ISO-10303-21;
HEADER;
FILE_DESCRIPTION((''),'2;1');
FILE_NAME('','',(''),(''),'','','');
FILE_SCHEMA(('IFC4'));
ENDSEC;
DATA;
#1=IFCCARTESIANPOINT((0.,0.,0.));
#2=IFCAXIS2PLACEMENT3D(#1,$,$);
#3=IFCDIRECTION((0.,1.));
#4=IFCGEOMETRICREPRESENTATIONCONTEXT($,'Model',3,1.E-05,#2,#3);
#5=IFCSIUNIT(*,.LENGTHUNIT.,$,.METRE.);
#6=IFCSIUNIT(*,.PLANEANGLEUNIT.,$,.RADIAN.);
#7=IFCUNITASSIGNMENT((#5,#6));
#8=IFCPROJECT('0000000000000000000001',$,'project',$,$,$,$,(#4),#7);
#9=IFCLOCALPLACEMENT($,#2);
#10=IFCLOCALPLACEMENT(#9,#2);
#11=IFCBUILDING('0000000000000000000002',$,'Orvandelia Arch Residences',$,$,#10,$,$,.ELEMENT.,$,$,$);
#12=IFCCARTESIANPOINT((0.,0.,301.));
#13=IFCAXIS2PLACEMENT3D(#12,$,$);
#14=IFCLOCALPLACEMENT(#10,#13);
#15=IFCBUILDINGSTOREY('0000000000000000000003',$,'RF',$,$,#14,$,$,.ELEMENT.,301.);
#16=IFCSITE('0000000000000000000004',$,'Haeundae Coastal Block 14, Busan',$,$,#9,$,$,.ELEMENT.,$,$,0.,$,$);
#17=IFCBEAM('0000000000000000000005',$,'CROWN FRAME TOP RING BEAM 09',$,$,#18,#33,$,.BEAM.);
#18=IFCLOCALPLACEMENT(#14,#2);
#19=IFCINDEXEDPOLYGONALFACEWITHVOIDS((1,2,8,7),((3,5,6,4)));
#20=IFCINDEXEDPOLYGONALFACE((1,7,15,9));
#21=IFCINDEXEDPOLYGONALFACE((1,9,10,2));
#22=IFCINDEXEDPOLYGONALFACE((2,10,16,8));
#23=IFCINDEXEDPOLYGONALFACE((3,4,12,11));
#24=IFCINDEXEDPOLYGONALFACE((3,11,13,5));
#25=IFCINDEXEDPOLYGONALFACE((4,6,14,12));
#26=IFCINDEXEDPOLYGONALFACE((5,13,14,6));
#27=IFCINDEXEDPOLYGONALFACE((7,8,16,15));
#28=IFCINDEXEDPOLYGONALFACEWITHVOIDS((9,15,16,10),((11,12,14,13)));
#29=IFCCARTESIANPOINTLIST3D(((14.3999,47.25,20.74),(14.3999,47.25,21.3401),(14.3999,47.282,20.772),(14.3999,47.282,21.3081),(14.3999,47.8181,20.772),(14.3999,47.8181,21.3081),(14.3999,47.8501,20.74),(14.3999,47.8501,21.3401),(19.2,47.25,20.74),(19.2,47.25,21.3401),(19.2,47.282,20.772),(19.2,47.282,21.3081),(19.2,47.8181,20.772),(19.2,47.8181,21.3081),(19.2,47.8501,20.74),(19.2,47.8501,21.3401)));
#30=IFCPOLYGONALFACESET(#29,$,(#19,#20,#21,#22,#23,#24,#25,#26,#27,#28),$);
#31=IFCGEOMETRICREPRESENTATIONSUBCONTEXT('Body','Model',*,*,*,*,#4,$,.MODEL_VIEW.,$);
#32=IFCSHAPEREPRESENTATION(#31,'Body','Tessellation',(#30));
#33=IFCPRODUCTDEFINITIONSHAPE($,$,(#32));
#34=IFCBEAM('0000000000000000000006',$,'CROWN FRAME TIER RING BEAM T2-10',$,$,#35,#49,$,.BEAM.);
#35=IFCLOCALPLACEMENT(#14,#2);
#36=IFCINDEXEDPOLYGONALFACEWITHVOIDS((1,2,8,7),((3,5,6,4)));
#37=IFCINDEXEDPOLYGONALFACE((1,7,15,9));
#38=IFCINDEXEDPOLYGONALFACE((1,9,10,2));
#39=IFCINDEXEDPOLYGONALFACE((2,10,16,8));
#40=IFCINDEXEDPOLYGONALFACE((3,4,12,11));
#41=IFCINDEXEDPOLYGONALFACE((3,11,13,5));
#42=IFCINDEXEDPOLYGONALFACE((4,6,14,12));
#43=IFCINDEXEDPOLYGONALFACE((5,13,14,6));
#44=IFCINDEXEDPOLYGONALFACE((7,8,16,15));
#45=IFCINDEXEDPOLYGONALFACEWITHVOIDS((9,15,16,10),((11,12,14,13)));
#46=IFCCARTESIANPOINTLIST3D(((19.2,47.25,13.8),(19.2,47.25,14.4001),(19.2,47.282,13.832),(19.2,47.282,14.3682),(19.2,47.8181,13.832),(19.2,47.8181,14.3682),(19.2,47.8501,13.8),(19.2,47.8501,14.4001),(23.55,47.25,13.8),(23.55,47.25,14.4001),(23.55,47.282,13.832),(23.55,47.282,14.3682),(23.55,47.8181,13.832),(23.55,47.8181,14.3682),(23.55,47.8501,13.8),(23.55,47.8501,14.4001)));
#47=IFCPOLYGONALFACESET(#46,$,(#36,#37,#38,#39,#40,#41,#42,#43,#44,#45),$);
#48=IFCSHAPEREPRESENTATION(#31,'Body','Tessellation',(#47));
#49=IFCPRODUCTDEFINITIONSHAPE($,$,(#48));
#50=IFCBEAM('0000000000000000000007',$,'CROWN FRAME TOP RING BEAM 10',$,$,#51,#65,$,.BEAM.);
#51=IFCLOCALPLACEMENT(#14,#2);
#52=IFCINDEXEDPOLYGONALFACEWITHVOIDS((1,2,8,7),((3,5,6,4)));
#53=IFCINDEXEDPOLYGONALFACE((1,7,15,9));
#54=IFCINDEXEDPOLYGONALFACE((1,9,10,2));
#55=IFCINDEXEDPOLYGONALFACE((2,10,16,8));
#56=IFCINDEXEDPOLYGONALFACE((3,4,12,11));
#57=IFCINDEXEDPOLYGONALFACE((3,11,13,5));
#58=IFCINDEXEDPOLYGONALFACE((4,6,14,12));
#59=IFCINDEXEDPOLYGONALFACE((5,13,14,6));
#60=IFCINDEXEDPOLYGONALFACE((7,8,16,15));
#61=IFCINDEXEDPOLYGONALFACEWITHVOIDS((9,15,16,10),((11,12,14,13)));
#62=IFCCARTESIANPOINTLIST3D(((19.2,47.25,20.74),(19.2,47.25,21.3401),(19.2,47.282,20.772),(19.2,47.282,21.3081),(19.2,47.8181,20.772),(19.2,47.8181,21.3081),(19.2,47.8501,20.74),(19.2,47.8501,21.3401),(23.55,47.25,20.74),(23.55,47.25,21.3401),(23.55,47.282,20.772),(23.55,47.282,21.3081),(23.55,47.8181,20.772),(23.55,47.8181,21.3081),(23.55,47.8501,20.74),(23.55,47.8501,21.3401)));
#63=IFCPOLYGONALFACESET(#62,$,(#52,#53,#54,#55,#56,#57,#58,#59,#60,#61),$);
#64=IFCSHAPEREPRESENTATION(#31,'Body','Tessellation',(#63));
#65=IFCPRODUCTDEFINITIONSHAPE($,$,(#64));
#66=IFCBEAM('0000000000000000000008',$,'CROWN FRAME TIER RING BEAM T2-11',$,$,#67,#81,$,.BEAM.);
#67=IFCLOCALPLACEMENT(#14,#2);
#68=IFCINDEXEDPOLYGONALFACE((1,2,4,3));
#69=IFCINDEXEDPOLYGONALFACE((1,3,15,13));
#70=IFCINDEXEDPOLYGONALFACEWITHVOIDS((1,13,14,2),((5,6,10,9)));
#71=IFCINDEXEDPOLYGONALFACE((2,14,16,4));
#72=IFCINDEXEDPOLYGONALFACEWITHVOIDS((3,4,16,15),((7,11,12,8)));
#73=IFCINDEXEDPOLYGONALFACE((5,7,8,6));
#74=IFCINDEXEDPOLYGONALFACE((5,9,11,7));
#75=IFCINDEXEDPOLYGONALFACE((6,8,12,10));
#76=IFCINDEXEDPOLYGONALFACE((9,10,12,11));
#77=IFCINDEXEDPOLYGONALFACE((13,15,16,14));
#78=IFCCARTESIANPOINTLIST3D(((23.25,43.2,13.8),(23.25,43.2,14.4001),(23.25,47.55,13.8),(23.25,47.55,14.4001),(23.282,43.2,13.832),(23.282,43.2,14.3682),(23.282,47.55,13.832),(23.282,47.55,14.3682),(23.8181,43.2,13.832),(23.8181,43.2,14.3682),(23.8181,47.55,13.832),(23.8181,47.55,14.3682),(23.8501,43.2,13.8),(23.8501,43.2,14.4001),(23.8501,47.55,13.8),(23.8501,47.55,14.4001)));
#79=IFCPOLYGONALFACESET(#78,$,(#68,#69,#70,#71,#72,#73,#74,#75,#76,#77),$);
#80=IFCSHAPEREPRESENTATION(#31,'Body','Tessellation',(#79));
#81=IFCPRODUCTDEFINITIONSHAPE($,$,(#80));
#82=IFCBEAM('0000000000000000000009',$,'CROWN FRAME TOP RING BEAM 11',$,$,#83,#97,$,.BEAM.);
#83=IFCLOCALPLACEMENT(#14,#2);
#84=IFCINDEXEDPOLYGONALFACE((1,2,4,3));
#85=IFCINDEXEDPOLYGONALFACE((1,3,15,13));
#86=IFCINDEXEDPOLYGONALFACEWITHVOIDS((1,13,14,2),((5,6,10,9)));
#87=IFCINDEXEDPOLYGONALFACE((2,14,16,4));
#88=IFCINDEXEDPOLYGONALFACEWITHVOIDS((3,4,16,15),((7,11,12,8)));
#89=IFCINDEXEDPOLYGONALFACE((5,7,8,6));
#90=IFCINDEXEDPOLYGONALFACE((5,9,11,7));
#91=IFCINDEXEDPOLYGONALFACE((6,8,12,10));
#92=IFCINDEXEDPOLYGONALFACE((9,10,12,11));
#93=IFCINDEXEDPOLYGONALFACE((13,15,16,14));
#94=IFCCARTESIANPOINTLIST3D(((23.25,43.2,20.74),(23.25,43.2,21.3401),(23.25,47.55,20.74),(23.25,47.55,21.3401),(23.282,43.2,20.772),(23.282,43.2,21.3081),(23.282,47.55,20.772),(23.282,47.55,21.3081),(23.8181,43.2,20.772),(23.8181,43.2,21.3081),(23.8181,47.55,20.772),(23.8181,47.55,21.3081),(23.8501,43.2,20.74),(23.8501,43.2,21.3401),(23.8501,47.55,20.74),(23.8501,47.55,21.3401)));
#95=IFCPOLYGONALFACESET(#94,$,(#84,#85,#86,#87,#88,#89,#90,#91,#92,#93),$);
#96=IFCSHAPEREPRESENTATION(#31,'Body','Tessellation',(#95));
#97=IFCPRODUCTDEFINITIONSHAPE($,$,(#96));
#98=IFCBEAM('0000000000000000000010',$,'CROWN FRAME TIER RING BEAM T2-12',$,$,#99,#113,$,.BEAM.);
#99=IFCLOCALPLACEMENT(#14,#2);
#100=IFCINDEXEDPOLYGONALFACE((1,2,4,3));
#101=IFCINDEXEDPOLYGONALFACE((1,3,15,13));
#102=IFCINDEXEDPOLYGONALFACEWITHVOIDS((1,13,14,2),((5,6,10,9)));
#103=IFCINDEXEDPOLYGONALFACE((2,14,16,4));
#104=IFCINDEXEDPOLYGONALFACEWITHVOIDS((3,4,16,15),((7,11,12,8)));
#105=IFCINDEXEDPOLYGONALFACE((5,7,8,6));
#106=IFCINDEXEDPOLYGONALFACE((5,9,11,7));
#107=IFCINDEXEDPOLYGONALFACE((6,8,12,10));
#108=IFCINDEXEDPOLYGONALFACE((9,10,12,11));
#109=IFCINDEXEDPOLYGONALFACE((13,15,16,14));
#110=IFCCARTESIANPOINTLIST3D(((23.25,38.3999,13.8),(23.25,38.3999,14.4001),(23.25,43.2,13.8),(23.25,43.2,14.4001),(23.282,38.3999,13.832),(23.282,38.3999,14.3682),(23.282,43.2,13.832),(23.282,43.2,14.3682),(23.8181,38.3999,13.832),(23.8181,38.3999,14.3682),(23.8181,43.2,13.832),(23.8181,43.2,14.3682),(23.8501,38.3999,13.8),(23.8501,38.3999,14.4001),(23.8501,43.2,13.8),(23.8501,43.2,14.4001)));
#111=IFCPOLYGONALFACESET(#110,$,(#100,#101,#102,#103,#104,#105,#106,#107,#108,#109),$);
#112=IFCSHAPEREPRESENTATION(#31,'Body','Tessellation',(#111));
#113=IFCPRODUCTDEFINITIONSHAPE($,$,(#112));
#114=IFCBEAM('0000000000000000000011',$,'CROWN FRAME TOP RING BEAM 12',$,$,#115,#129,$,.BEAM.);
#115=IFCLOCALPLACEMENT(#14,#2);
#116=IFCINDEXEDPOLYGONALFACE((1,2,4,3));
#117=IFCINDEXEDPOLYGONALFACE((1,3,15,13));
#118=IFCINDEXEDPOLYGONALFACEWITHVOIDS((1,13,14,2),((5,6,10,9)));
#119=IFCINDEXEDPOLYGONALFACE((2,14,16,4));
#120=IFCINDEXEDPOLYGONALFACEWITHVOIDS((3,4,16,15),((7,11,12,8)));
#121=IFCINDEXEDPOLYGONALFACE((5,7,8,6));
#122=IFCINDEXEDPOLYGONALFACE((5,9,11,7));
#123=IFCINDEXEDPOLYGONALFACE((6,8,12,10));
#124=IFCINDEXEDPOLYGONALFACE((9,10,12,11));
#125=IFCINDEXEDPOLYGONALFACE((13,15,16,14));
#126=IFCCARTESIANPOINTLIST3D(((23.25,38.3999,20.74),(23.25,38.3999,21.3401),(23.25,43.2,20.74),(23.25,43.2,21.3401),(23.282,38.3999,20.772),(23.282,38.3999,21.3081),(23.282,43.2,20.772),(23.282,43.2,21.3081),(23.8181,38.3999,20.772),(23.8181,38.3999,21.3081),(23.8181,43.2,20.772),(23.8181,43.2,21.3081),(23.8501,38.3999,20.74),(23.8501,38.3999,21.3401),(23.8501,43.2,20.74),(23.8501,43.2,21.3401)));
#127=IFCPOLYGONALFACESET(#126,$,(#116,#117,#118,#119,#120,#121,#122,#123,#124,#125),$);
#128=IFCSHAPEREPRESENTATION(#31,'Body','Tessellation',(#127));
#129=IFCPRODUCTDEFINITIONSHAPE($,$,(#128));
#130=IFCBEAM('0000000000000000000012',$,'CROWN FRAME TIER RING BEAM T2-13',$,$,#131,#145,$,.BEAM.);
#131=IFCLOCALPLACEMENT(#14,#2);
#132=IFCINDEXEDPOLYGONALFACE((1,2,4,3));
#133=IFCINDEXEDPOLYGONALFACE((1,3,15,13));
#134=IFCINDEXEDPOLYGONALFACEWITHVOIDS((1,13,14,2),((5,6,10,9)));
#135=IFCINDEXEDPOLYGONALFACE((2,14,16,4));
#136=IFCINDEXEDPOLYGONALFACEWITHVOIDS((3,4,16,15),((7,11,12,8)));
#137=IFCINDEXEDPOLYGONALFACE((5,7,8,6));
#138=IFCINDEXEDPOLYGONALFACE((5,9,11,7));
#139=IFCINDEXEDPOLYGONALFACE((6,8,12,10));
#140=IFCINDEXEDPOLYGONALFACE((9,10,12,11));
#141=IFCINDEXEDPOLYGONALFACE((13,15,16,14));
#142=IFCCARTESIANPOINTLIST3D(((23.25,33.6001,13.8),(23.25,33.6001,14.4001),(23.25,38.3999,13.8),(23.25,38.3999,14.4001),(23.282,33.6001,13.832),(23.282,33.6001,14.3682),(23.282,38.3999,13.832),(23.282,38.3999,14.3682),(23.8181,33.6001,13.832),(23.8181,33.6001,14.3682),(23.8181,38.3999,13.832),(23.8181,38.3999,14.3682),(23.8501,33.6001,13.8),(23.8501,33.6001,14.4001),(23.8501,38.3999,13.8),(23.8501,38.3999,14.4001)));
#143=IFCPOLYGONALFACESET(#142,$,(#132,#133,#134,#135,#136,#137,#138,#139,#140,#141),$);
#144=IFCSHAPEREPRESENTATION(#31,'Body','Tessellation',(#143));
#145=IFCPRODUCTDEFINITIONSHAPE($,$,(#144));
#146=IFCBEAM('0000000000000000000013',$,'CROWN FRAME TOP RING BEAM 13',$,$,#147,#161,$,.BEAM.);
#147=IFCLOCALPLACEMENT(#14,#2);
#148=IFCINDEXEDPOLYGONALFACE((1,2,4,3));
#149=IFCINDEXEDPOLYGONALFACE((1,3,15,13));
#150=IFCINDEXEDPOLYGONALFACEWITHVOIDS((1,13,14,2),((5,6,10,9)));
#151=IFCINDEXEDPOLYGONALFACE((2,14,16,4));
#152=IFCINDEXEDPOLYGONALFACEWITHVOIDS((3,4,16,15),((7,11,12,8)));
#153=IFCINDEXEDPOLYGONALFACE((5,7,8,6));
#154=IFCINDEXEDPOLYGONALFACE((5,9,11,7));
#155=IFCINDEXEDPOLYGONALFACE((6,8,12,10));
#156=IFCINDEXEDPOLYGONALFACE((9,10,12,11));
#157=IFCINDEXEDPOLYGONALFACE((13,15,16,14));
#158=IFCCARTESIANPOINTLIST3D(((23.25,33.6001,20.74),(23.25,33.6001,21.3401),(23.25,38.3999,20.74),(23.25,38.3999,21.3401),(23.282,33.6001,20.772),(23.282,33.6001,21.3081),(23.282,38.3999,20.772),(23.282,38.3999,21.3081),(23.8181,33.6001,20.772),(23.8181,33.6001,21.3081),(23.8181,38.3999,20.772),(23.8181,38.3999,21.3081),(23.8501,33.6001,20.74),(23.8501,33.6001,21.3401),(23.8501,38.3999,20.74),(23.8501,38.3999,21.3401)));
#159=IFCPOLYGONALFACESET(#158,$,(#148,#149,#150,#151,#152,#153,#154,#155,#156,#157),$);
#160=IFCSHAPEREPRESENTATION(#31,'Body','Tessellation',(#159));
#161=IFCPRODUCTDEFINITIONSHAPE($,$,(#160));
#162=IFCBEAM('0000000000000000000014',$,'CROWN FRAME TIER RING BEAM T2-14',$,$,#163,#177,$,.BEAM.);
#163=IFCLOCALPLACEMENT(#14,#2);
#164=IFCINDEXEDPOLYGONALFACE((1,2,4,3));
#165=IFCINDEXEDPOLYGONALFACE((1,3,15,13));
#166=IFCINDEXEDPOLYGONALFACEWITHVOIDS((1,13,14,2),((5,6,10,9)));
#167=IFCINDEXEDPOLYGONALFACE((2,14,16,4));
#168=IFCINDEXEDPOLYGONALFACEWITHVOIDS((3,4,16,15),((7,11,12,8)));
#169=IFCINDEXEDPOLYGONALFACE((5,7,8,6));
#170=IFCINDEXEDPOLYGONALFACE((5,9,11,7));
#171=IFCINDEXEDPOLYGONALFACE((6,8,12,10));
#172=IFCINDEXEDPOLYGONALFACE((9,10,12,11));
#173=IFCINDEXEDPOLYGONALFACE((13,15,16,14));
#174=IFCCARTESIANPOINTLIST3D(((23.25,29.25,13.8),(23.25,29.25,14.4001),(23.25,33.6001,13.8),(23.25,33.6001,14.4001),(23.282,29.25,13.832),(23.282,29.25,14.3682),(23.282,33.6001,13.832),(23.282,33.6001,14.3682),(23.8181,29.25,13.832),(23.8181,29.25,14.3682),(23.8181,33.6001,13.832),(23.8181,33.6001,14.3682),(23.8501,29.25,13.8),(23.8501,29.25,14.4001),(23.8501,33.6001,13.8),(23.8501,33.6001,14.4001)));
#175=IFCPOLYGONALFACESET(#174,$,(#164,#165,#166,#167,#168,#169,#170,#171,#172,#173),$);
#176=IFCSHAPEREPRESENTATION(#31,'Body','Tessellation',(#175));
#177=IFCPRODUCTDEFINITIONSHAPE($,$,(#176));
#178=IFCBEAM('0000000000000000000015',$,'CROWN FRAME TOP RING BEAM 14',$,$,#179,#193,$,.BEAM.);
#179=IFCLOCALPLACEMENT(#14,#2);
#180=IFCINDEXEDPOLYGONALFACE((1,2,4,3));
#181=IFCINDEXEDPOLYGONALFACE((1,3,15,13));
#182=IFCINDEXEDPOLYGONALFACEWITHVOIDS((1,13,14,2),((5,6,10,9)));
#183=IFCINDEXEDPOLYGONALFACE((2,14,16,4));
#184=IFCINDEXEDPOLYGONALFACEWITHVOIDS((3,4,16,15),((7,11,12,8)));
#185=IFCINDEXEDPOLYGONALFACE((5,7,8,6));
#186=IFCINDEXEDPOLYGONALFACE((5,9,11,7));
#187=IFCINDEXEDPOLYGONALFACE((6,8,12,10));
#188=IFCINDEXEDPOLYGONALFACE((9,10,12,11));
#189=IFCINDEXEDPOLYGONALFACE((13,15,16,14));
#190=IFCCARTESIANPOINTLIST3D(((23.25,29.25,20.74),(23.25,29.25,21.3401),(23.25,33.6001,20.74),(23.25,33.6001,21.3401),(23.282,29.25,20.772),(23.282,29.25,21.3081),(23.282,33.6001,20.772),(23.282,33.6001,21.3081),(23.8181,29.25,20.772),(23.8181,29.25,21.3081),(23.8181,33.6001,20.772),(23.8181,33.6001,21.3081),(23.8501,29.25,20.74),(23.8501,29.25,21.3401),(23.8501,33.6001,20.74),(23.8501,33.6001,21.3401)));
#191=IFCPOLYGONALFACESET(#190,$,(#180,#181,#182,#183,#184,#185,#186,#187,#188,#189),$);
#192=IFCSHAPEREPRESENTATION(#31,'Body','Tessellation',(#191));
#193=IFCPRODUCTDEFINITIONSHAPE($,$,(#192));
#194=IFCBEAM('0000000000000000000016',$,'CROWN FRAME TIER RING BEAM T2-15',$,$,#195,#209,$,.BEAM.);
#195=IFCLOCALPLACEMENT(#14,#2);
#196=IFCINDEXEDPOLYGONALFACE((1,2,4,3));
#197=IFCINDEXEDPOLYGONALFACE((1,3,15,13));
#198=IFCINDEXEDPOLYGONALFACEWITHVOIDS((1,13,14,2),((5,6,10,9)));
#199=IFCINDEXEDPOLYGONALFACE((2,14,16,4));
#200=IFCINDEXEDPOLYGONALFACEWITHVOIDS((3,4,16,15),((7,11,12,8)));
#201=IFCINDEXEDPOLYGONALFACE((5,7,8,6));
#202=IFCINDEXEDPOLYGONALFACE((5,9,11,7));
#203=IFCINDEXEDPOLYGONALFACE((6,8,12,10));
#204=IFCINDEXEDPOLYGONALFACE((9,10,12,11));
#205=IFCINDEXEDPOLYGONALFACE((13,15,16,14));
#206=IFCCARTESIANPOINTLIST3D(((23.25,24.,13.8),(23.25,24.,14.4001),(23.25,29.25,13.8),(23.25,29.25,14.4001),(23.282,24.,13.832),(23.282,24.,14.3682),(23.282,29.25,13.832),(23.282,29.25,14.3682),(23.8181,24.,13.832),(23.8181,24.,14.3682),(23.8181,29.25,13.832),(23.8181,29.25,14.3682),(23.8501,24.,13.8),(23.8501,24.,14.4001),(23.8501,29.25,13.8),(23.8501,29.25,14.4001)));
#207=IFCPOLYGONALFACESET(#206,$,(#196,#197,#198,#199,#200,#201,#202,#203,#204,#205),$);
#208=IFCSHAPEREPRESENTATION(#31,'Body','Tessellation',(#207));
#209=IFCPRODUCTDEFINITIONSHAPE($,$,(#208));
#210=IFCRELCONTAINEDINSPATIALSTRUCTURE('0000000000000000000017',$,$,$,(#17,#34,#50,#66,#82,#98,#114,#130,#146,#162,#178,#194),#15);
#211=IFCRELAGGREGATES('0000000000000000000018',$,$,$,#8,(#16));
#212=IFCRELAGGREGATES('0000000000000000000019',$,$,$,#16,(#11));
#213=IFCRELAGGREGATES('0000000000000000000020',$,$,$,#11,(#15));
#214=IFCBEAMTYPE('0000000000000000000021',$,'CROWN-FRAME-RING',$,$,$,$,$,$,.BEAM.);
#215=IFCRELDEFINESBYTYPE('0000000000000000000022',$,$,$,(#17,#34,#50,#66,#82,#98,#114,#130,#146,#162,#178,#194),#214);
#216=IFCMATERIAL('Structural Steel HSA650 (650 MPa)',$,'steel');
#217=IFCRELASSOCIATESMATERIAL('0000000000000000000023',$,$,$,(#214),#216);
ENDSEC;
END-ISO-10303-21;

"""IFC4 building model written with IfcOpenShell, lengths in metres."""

from ifc_helpers import new_model, si_unit, direction, frame, origin, origin_2d, place, context, subcontext, project, spatial, hollow_rectangle, extrude, material, material_profile, profile_set, type_object, element, save


model = new_model("IFC4")

# Units and contexts
model_context = context("Model", 3, precision=1e-05, world=origin(), true_north=direction((0.0, 1.0)))
body_context = subcontext(model_context, "Body", "Model", "MODEL_VIEW")
ifc_project = project(units=[si_unit("LENGTHUNIT", "METRE"), si_unit("PLANEANGLEUNIT", "RADIAN")], contexts=[model_context])

# Site, building, storey
site_placement = place(None, origin())
site = spatial("IfcSite", under=ifc_project, at=site_placement, Name="Haeundae Coastal Block 14, Busan", CompositionType="ELEMENT", RefElevation=0.0)
building_placement = place(site_placement, origin())
building = spatial("IfcBuilding", under=site, at=building_placement, Name="Orvandelia Arch Residences", CompositionType="ELEMENT")
storey_placement = place(building_placement, frame((0.0, 0.0, 301.0)))
storey = spatial("IfcBuildingStorey", under=building, at=storey_placement, Name="RF", CompositionType="ELEMENT", Elevation=301.0)

# Beams
ifc_material_1 = material(Name="Structural Steel HSA650 (650 MPa)", Category="steel")
ifc_material_profile = material_profile(ifc_material_1, hollow_rectangle(XDim=0.6001, YDim=0.6001, WallThickness=0.032, at=origin_2d()), Name="Structural Steel HSA650 (650 MPa)", Category="steel")
ifc_profile_set = profile_set([ifc_material_profile], Name="Structural Steel HSA650 (650 MPa)")
beam_type = type_object("IfcBeamType", Name="CROWN-FRAME-RING", PredefinedType="BEAM", material=ifc_profile_set)
beam_placement = place(storey_placement, frame((14.3999, 47.55, 21.04), z_axis=(1.0, 0.0, 0.0), x_axis=(0.0, 1.0, 0.0)))
element("IfcBeam", 1, at=beam_placement, inside=storey, type_object=beam_type, Name="CROWN FRAME TOP RING BEAM 09", PredefinedType="BEAM", context=body_context, shape_type="SweptSolid", body=[
    extrude(hollow_rectangle(XDim=0.6001, YDim=0.6001, WallThickness=0.032, at=origin_2d()), origin(), (0.0, 0.0, 1.0), 4.8),
])
for number, where, z_axis, x_axis, name in (
    (2, (19.2, 47.55, 14.1001), (1.0, 0.0, 0.0), (0.0, 1.0, 0.0), "CROWN FRAME TIER RING BEAM T2-10"),
    (3, (19.2, 47.55, 21.04), (1.0, 0.0, 0.0), (0.0, 1.0, 0.0), "CROWN FRAME TOP RING BEAM 10"),
    (4, (23.55, 47.55, 14.1001), (0.0, -1.0, 0.0), (1.0, 0.0, 0.0), "CROWN FRAME TIER RING BEAM T2-11"),
    (5, (23.55, 47.55, 21.04), (0.0, -1.0, 0.0), (1.0, 0.0, 0.0), "CROWN FRAME TOP RING BEAM 11"),
):
    element("IfcBeam", number, at=place(storey_placement, frame(where, z_axis=z_axis, x_axis=x_axis)), inside=storey, type_object=beam_type, Name=name, PredefinedType="BEAM", context=body_context, shape_type="SweptSolid", body=[
        extrude(hollow_rectangle(XDim=0.6001, YDim=0.6001, WallThickness=0.032, at=origin_2d()), origin(), (0.0, 0.0, 1.0), 4.3501),
    ])
for number, where, z_axis, x_axis, name in (
    (6, (23.55, 43.2, 14.1001), (0.0, -1.0, 0.0), (1.0, 0.0, 0.0), "CROWN FRAME TIER RING BEAM T2-12"),
    (7, (23.55, 43.2, 21.04), (0.0, -1.0, 0.0), (1.0, 0.0, 0.0), "CROWN FRAME TOP RING BEAM 12"),
):
    element("IfcBeam", number, at=place(storey_placement, frame(where, z_axis=z_axis, x_axis=x_axis)), inside=storey, type_object=beam_type, Name=name, PredefinedType="BEAM", context=body_context, shape_type="SweptSolid", body=[
        extrude(hollow_rectangle(XDim=0.6001, YDim=0.6001, WallThickness=0.032, at=origin_2d()), origin(), (0.0, 0.0, 1.0), 4.8),
    ])
for number, where, z_axis, x_axis, name in (
    (8, (23.55, 38.3999, 14.1001), (0.0, -1.0, 0.0), (1.0, 0.0, 0.0), "CROWN FRAME TIER RING BEAM T2-13"),
    (9, (23.55, 38.3999, 21.04), (0.0, -1.0, 0.0), (1.0, 0.0, 0.0), "CROWN FRAME TOP RING BEAM 13"),
):
    element("IfcBeam", number, at=place(storey_placement, frame(where, z_axis=z_axis, x_axis=x_axis)), inside=storey, type_object=beam_type, Name=name, PredefinedType="BEAM", context=body_context, shape_type="SweptSolid", body=[
        extrude(hollow_rectangle(XDim=0.6001, YDim=0.6001, WallThickness=0.032, at=origin_2d()), origin(), (0.0, 0.0, 1.0), 4.7998),
    ])
for number, where, z_axis, x_axis, name in (
    (10, (23.55, 33.6001, 14.1001), (0.0, -1.0, 0.0), (1.0, 0.0, 0.0), "CROWN FRAME TIER RING BEAM T2-14"),
    (11, (23.55, 33.6001, 21.04), (0.0, -1.0, 0.0), (1.0, 0.0, 0.0), "CROWN FRAME TOP RING BEAM 14"),
):
    element("IfcBeam", number, at=place(storey_placement, frame(where, z_axis=z_axis, x_axis=x_axis)), inside=storey, type_object=beam_type, Name=name, PredefinedType="BEAM", context=body_context, shape_type="SweptSolid", body=[
        extrude(hollow_rectangle(XDim=0.6001, YDim=0.6001, WallThickness=0.032, at=origin_2d()), origin(), (0.0, 0.0, 1.0), 4.3501),
    ])
for number, where, z_axis, x_axis, name in (
    (12, (23.55, 29.25, 14.1001), (0.0, -1.0, 0.0), (1.0, 0.0, 0.0), "CROWN FRAME TIER RING BEAM T2-15"),
):
    element("IfcBeam", number, at=place(storey_placement, frame(where, z_axis=z_axis, x_axis=x_axis)), inside=storey, type_object=beam_type, Name=name, PredefinedType="BEAM", context=body_context, shape_type="SweptSolid", body=[
        extrude(hollow_rectangle(XDim=0.6001, YDim=0.6001, WallThickness=0.032, at=origin_2d()), origin(), (0.0, 0.0, 1.0), 5.25),
    ])

save(model, "model.ifc")
